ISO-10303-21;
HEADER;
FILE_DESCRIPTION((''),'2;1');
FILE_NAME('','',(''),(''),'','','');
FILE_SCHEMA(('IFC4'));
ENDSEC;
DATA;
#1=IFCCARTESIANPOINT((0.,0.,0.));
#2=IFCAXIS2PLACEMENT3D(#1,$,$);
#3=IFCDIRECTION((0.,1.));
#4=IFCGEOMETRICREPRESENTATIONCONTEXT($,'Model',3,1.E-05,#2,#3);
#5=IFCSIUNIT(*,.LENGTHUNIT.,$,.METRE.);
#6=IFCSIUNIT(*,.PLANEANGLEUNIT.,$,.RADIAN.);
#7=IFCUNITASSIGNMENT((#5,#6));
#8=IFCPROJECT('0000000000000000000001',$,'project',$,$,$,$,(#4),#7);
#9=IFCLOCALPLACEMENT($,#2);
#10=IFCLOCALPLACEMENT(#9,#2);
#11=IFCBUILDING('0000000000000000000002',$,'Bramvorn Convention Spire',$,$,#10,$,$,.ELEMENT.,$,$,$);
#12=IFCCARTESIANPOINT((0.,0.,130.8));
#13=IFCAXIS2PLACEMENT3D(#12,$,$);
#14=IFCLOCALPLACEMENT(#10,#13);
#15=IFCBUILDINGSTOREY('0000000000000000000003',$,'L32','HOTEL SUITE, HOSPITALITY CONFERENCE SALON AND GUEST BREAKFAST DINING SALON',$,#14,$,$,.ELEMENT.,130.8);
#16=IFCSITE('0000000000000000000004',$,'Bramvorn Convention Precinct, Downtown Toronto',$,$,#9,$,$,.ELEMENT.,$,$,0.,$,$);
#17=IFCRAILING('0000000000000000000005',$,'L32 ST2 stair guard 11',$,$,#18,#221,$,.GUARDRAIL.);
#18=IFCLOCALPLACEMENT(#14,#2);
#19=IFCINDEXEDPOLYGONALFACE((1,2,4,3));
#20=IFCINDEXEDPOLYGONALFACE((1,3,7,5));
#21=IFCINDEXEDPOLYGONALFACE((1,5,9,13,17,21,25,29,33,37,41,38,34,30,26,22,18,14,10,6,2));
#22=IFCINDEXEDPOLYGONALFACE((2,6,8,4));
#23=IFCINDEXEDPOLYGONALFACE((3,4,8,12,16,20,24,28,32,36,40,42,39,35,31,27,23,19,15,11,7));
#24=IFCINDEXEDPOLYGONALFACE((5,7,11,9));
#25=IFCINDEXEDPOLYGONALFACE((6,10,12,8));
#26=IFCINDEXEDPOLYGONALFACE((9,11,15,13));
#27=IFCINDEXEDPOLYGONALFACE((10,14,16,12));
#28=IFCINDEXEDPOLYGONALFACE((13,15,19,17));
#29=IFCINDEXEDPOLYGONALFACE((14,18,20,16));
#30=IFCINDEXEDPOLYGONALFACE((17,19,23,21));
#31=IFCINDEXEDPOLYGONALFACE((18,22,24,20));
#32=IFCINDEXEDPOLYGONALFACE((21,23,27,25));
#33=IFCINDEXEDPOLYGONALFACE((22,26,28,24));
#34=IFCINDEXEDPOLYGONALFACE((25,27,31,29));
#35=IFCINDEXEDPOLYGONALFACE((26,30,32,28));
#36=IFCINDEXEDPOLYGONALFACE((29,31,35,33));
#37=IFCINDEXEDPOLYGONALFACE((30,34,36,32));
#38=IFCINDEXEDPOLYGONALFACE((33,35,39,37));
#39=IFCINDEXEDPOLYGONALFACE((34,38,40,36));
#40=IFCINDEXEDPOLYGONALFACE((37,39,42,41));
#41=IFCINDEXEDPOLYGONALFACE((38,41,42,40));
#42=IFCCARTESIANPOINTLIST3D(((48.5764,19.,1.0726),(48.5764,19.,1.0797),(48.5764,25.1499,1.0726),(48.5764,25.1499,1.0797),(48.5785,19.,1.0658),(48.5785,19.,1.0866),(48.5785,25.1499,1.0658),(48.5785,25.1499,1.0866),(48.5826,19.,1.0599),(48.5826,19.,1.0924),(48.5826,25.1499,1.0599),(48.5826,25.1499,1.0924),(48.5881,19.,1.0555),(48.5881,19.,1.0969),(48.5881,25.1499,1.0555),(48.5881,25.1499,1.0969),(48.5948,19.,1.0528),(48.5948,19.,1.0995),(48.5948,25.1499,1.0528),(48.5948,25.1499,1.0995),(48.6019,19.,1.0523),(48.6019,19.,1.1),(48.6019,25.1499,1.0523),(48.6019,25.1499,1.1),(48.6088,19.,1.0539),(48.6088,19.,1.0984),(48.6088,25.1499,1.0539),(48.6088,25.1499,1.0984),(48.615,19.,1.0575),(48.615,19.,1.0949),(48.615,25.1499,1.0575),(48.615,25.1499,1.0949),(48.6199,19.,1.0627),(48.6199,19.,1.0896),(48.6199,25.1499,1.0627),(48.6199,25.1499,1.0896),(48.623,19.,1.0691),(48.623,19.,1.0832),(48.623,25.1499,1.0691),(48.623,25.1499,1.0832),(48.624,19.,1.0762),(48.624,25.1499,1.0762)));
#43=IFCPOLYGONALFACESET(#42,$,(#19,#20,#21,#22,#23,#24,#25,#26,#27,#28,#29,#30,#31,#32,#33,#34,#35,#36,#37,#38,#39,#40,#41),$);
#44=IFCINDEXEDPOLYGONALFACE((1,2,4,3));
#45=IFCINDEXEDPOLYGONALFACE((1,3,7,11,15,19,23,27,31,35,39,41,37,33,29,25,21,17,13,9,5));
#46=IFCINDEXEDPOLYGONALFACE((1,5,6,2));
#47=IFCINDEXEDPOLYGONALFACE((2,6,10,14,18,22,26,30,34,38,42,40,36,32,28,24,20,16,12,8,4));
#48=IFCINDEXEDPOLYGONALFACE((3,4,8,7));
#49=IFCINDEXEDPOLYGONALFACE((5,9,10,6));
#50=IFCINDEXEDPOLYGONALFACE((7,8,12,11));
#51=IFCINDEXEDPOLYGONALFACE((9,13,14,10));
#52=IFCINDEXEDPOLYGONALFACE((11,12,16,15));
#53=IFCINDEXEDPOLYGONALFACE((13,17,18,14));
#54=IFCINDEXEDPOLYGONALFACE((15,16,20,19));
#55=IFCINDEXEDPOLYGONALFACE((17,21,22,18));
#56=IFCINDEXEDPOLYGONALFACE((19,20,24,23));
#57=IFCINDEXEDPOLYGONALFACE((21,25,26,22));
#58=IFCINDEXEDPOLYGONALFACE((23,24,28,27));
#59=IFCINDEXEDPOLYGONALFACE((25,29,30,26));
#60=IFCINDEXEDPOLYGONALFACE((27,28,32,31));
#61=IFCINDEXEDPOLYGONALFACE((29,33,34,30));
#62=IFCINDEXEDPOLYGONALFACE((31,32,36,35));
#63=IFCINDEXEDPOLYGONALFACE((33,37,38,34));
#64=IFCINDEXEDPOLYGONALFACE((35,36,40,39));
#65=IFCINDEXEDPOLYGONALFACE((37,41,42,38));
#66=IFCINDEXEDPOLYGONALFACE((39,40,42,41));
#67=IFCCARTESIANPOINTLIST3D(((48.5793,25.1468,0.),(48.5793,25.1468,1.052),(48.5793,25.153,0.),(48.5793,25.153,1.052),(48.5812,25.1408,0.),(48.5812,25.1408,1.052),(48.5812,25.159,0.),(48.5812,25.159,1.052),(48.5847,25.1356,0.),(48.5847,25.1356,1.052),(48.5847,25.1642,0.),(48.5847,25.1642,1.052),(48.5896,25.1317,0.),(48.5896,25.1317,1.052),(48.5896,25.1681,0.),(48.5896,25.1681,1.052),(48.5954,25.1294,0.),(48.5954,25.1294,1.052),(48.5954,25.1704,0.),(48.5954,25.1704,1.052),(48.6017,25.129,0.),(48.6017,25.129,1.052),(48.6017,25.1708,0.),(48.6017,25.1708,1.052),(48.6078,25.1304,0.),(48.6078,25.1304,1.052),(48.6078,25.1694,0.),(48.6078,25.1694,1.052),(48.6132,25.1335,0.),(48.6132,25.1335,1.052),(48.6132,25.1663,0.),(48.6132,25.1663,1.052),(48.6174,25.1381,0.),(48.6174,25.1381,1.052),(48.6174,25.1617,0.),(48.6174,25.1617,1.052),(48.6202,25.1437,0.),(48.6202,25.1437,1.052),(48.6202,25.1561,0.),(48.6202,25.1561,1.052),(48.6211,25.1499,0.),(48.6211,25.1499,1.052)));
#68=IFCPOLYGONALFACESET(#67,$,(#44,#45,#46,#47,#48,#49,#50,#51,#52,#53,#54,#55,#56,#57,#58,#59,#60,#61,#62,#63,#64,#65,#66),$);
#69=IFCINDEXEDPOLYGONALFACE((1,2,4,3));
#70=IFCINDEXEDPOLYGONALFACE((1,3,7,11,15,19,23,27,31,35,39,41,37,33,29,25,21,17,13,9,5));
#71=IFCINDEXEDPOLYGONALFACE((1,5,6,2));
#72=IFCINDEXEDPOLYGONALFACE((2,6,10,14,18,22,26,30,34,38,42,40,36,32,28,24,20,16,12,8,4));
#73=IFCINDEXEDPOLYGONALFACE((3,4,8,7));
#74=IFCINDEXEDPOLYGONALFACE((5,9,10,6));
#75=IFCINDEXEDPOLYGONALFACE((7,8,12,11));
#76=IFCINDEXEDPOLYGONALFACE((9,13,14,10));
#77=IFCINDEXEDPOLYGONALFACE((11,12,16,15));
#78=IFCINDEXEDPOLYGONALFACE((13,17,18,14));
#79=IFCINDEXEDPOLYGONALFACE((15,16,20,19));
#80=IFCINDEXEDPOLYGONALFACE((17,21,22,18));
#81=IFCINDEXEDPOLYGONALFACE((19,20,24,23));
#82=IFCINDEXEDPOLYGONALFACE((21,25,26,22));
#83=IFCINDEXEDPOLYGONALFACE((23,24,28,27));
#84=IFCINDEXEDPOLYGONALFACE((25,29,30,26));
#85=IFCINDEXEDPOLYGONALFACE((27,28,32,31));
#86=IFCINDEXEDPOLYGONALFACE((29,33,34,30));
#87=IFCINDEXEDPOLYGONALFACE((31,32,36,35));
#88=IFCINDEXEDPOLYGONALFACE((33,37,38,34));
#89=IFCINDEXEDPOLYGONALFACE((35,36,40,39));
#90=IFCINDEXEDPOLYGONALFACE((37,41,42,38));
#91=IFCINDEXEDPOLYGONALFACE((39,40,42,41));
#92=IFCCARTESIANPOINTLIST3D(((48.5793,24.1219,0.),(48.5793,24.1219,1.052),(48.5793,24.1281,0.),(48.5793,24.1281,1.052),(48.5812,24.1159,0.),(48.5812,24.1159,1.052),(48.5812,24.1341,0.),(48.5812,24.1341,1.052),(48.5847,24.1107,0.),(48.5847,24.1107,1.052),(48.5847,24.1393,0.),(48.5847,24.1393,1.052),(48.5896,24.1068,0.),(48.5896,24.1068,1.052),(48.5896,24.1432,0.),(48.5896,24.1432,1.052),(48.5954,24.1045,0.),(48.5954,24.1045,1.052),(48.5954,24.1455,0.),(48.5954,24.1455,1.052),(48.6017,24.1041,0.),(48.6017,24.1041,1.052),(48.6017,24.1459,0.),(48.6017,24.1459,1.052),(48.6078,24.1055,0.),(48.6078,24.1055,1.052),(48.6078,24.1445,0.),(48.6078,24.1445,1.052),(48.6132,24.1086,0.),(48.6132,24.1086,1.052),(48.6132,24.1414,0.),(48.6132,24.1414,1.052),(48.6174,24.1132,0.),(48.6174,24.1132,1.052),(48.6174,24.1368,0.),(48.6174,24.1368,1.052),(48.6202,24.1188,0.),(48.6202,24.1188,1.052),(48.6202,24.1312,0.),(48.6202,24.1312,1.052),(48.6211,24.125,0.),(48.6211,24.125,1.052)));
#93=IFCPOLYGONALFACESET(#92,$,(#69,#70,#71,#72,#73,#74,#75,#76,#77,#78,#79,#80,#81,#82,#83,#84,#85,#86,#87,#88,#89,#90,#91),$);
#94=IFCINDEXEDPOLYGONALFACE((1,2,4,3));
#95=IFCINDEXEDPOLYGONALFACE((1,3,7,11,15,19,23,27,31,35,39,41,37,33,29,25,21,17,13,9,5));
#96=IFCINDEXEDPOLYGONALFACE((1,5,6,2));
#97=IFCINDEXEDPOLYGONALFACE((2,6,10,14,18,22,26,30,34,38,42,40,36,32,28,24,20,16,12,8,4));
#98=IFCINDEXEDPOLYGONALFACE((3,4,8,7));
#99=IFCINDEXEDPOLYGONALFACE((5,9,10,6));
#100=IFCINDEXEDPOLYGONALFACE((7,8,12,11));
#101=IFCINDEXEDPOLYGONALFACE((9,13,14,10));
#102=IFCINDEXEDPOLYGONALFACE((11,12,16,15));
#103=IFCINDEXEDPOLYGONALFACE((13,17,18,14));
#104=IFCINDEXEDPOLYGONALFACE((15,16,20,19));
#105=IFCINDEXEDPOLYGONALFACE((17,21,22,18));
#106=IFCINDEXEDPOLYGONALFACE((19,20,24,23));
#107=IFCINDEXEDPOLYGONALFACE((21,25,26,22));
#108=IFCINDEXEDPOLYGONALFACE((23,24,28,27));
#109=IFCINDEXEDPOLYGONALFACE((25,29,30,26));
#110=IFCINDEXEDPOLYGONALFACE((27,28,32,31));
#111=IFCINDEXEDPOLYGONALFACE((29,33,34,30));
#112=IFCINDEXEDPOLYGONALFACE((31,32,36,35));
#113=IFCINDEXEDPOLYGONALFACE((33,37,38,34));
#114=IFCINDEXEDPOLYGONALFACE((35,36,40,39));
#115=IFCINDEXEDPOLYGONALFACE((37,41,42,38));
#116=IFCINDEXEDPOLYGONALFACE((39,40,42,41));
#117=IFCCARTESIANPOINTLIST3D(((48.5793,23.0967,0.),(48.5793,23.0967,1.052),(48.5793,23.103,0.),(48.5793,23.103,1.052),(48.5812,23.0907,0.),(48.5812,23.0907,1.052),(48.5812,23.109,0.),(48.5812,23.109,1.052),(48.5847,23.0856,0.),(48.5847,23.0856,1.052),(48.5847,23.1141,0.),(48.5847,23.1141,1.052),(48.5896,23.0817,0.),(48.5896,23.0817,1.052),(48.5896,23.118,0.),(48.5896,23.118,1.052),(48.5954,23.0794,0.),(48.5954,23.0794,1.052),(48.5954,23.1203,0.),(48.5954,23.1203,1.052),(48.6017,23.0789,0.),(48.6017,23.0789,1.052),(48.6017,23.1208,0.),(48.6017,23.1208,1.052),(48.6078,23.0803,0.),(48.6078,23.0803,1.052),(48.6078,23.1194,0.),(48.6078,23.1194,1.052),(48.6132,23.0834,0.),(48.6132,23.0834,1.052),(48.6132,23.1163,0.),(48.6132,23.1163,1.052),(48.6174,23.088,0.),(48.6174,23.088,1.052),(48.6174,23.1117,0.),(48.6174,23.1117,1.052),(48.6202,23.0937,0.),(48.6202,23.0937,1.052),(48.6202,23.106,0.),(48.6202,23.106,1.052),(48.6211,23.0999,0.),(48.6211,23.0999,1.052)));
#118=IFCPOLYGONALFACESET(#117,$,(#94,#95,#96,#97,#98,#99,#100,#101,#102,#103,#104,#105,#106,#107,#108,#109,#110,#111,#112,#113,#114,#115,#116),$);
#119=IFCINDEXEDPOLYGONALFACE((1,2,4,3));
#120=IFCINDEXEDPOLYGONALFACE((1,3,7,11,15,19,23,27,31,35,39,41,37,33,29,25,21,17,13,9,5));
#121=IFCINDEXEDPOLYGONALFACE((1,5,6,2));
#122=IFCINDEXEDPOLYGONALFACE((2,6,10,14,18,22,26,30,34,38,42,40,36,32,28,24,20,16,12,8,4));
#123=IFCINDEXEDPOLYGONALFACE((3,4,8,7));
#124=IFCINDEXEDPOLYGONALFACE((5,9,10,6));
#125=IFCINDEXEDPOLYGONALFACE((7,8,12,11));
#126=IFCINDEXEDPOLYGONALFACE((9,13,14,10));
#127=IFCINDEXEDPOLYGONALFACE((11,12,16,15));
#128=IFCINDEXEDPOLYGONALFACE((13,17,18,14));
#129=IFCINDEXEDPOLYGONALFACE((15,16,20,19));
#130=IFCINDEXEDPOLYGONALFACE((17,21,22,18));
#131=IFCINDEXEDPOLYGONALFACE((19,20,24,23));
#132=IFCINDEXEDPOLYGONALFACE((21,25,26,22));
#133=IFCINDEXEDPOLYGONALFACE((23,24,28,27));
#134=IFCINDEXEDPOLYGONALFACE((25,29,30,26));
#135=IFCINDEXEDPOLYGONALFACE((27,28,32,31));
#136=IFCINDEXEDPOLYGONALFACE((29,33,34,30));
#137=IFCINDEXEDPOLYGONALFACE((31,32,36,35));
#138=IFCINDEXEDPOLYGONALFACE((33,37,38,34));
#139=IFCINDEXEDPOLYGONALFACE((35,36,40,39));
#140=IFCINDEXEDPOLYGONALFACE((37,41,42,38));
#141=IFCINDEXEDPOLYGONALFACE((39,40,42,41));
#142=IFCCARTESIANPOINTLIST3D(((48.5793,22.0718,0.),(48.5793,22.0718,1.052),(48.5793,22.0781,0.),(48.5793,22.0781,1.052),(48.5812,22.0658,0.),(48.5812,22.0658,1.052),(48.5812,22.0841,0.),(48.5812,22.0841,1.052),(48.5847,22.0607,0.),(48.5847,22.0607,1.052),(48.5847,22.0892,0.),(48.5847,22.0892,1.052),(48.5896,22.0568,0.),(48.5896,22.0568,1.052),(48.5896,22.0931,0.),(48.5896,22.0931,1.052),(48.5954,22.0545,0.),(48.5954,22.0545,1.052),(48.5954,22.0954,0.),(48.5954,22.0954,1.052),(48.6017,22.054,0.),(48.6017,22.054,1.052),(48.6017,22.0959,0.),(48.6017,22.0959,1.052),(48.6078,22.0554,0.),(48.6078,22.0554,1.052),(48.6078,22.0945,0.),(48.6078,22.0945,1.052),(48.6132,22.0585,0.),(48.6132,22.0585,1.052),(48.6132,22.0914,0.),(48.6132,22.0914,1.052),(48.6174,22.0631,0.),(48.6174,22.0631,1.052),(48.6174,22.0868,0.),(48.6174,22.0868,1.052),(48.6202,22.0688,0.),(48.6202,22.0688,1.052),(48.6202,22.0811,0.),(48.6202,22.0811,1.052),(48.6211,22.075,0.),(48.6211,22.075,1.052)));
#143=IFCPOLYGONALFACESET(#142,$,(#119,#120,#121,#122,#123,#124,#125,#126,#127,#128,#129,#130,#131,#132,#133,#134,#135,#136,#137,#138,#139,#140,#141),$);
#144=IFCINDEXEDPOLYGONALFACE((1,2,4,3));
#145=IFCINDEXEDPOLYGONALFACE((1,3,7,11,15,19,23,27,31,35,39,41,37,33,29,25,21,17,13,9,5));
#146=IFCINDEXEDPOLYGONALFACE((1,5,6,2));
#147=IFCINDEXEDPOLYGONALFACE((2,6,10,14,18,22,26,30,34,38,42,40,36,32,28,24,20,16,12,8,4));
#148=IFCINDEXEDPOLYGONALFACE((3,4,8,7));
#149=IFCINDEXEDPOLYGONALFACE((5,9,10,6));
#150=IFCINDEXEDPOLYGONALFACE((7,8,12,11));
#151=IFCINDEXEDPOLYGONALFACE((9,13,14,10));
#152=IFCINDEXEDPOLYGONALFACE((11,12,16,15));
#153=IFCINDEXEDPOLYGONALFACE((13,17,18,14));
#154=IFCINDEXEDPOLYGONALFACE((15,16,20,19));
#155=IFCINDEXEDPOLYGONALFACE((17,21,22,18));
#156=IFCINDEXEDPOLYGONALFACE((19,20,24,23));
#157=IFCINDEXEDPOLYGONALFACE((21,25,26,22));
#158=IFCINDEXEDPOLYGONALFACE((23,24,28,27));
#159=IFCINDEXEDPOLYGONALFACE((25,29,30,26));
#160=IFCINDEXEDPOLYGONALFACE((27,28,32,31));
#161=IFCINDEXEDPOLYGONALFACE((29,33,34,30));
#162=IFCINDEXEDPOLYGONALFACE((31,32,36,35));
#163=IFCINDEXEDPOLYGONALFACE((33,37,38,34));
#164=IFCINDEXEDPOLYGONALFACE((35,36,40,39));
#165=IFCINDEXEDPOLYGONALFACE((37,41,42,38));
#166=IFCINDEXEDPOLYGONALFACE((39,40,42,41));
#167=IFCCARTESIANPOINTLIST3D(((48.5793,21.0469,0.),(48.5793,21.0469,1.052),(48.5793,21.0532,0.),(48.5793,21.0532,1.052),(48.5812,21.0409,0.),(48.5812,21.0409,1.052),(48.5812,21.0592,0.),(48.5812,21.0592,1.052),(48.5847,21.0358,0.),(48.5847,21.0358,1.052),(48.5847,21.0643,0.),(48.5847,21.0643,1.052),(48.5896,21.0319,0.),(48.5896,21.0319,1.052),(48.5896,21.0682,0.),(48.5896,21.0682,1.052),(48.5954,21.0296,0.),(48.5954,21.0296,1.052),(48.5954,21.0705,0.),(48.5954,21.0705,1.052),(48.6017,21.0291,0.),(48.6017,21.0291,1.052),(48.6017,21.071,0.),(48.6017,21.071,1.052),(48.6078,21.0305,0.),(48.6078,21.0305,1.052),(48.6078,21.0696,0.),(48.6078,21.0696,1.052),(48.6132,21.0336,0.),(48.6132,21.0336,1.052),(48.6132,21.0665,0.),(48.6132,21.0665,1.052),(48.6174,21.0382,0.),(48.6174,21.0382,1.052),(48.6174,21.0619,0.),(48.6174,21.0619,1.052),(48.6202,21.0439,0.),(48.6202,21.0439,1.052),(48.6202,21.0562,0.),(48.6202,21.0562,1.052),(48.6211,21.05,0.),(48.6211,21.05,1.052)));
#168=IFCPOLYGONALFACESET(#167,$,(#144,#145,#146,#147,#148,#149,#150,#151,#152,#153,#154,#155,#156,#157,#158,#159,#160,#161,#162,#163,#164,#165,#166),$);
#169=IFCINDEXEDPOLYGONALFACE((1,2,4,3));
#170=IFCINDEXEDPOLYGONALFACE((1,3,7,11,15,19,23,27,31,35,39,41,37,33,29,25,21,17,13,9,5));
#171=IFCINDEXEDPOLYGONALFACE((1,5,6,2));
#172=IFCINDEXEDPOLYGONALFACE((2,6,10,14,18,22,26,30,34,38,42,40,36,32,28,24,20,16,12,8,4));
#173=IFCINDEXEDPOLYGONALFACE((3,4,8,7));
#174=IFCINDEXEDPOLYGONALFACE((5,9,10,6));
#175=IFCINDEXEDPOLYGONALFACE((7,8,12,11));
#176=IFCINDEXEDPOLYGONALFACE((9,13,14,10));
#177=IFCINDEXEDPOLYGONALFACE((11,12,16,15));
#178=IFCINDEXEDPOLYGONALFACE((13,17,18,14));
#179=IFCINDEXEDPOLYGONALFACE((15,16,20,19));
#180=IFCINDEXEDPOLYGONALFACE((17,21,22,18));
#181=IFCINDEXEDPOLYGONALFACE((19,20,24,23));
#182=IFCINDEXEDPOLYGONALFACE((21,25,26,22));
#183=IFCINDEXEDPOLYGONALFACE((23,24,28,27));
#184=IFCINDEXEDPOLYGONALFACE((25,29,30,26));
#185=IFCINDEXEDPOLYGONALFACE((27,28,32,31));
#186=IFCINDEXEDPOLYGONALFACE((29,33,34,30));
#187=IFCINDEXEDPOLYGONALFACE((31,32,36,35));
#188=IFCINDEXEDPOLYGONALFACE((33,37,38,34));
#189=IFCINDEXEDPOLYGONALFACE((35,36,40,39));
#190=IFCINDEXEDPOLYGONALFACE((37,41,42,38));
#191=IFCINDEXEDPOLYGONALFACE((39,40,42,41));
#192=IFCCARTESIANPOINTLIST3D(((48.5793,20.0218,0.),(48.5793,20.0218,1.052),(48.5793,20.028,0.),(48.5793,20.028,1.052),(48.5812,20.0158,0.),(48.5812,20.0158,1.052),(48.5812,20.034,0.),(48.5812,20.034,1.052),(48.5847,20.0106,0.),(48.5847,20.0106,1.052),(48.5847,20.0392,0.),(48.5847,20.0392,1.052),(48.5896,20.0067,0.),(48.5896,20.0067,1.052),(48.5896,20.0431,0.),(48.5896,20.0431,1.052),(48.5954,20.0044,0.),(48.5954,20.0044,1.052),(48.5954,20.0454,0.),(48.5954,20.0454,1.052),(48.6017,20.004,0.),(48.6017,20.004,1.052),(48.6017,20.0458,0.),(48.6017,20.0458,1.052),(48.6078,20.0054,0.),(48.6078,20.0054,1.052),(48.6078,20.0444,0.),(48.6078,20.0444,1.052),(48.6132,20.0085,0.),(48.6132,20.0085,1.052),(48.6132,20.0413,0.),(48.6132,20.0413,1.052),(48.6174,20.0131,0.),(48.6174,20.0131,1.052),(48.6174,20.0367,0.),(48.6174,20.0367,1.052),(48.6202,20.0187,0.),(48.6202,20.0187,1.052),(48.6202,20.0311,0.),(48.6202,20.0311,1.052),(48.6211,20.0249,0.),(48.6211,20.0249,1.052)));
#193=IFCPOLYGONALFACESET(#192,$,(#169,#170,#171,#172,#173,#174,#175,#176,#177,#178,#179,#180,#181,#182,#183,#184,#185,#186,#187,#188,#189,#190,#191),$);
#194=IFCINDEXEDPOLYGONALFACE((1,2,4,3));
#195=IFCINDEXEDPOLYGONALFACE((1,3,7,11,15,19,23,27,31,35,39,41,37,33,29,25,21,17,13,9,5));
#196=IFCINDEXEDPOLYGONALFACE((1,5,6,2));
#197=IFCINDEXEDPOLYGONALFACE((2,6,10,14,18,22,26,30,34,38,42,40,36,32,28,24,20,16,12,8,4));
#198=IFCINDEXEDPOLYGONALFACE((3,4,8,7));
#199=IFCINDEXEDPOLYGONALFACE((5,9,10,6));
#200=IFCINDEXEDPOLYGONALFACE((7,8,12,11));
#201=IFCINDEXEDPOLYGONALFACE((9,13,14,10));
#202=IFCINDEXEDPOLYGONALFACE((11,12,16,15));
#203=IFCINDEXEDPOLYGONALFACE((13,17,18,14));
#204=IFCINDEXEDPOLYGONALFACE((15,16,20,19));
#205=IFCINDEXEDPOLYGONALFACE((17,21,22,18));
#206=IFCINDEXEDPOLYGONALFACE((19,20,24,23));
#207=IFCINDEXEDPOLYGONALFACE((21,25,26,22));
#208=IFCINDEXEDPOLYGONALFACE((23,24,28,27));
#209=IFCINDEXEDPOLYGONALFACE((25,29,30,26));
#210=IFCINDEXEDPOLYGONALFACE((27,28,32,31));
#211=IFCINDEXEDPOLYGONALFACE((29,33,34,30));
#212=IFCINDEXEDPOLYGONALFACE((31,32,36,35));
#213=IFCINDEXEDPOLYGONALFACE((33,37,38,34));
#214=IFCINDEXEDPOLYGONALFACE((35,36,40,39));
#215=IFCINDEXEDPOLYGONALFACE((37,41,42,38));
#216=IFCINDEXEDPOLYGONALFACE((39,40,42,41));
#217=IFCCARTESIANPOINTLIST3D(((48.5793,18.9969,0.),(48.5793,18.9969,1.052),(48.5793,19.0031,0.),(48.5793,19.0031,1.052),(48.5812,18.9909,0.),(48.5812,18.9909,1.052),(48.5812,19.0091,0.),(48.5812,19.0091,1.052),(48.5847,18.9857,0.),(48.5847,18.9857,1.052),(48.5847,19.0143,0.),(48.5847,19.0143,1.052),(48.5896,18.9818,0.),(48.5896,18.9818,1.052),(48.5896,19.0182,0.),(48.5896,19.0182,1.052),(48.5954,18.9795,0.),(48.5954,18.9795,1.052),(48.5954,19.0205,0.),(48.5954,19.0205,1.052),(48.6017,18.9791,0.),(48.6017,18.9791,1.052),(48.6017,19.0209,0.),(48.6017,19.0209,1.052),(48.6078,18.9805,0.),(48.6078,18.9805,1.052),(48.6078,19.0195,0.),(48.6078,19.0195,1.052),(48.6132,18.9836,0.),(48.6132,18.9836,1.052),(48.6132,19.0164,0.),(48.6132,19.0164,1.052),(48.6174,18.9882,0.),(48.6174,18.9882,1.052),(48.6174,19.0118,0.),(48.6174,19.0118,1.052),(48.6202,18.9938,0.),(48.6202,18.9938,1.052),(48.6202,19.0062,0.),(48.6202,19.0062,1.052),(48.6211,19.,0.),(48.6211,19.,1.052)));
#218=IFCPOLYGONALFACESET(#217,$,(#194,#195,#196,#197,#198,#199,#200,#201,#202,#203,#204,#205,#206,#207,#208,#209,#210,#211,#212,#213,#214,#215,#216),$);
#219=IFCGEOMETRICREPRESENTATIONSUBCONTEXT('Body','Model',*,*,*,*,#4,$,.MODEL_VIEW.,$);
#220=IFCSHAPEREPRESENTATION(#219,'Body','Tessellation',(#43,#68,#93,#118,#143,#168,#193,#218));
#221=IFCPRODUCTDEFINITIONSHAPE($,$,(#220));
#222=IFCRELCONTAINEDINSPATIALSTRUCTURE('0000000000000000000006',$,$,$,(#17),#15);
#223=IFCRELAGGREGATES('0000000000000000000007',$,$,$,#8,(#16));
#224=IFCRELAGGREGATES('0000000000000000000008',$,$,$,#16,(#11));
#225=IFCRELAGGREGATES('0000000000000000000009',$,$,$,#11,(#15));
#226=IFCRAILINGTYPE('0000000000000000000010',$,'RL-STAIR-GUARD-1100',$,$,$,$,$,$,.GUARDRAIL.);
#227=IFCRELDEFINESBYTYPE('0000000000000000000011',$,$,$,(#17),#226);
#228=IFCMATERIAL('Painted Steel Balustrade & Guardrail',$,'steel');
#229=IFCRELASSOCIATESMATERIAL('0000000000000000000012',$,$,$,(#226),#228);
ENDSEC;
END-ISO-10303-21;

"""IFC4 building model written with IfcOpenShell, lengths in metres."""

from ifc_helpers import new_model, si_unit, direction, frame, origin, origin_2d, place, context, subcontext, project, spatial, circle, extrude, material, type_object, element, save


model = new_model("IFC4")

# Units and contexts
model_context = context("Model", 3, precision=1e-05, world=origin(), true_north=direction((0.0, 1.0)))
body_context = subcontext(model_context, "Body", "Model", "MODEL_VIEW")
ifc_project = project(units=[si_unit("LENGTHUNIT", "METRE"), si_unit("PLANEANGLEUNIT", "RADIAN")], contexts=[model_context])

# Site, building, storey
site_placement = place(None, origin())
site = spatial("IfcSite", under=ifc_project, at=site_placement, Name="Bramvorn Convention Precinct, Downtown Toronto", CompositionType="ELEMENT", RefElevation=0.0)
building_placement = place(site_placement, origin())
building = spatial("IfcBuilding", under=site, at=building_placement, Name="Bramvorn Convention Spire", CompositionType="ELEMENT")
storey_placement = place(building_placement, frame((0.0, 0.0, 130.8)))
storey = spatial("IfcBuildingStorey", under=building, at=storey_placement, Name="L32", Description="HOTEL SUITE, HOSPITALITY CONFERENCE SALON AND GUEST BREAKFAST DINING SALON", CompositionType="ELEMENT", Elevation=130.8)

# Railing
ifc_material_1 = material(Name="Painted Steel Balustrade & Guardrail", Category="steel")
railing_type_1 = type_object("IfcRailingType", Name="RL-STAIR-GUARD-1100", PredefinedType="GUARDRAIL", material=ifc_material_1)
railing_1_placement = place(storey_placement, frame((48.6001, 25.1499, 0.0)))
element("IfcRailing", 1, at=railing_1_placement, inside=storey, type_object=railing_type_1, Name="L32 ST2 stair guard 11", PredefinedType="GUARDRAIL", context=body_context, shape_type="SweptSolid", body=[
    extrude(circle(Radius=0.0239, at=origin_2d()), frame((0.0, 0.0, 1.0762), z_axis=(0.0, -1.0, 0.0), x_axis=(1.0, 0.0, 0.0)), (0.0, 0.0, 1.0), 6.1499),
    extrude(circle(Radius=0.021, at=origin_2d()), origin(), (0.0, 0.0, 1.0), 1.052),
    extrude(circle(Radius=0.021, at=origin_2d()), frame((0.0, -1.0249, 0.0)), (0.0, 0.0, 1.0), 1.052),
    extrude(circle(Radius=0.021, at=origin_2d()), frame((0.0, -2.05, 0.0)), (0.0, 0.0, 1.0), 1.052),
    extrude(circle(Radius=0.021, at=origin_2d()), frame((0.0, -3.075, 0.0)), (0.0, 0.0, 1.0), 1.052),
    extrude(circle(Radius=0.021, at=origin_2d()), frame((0.0, -4.0999, 0.0)), (0.0, 0.0, 1.0), 1.052),
    extrude(circle(Radius=0.021, at=origin_2d()), frame((0.0, -5.125, 0.0)), (0.0, 0.0, 1.0), 1.052),
    extrude(circle(Radius=0.021, at=origin_2d()), frame((0.0, -6.1499, 0.0)), (0.0, 0.0, 1.0), 1.052),
])

save(model, "model.ifc")
